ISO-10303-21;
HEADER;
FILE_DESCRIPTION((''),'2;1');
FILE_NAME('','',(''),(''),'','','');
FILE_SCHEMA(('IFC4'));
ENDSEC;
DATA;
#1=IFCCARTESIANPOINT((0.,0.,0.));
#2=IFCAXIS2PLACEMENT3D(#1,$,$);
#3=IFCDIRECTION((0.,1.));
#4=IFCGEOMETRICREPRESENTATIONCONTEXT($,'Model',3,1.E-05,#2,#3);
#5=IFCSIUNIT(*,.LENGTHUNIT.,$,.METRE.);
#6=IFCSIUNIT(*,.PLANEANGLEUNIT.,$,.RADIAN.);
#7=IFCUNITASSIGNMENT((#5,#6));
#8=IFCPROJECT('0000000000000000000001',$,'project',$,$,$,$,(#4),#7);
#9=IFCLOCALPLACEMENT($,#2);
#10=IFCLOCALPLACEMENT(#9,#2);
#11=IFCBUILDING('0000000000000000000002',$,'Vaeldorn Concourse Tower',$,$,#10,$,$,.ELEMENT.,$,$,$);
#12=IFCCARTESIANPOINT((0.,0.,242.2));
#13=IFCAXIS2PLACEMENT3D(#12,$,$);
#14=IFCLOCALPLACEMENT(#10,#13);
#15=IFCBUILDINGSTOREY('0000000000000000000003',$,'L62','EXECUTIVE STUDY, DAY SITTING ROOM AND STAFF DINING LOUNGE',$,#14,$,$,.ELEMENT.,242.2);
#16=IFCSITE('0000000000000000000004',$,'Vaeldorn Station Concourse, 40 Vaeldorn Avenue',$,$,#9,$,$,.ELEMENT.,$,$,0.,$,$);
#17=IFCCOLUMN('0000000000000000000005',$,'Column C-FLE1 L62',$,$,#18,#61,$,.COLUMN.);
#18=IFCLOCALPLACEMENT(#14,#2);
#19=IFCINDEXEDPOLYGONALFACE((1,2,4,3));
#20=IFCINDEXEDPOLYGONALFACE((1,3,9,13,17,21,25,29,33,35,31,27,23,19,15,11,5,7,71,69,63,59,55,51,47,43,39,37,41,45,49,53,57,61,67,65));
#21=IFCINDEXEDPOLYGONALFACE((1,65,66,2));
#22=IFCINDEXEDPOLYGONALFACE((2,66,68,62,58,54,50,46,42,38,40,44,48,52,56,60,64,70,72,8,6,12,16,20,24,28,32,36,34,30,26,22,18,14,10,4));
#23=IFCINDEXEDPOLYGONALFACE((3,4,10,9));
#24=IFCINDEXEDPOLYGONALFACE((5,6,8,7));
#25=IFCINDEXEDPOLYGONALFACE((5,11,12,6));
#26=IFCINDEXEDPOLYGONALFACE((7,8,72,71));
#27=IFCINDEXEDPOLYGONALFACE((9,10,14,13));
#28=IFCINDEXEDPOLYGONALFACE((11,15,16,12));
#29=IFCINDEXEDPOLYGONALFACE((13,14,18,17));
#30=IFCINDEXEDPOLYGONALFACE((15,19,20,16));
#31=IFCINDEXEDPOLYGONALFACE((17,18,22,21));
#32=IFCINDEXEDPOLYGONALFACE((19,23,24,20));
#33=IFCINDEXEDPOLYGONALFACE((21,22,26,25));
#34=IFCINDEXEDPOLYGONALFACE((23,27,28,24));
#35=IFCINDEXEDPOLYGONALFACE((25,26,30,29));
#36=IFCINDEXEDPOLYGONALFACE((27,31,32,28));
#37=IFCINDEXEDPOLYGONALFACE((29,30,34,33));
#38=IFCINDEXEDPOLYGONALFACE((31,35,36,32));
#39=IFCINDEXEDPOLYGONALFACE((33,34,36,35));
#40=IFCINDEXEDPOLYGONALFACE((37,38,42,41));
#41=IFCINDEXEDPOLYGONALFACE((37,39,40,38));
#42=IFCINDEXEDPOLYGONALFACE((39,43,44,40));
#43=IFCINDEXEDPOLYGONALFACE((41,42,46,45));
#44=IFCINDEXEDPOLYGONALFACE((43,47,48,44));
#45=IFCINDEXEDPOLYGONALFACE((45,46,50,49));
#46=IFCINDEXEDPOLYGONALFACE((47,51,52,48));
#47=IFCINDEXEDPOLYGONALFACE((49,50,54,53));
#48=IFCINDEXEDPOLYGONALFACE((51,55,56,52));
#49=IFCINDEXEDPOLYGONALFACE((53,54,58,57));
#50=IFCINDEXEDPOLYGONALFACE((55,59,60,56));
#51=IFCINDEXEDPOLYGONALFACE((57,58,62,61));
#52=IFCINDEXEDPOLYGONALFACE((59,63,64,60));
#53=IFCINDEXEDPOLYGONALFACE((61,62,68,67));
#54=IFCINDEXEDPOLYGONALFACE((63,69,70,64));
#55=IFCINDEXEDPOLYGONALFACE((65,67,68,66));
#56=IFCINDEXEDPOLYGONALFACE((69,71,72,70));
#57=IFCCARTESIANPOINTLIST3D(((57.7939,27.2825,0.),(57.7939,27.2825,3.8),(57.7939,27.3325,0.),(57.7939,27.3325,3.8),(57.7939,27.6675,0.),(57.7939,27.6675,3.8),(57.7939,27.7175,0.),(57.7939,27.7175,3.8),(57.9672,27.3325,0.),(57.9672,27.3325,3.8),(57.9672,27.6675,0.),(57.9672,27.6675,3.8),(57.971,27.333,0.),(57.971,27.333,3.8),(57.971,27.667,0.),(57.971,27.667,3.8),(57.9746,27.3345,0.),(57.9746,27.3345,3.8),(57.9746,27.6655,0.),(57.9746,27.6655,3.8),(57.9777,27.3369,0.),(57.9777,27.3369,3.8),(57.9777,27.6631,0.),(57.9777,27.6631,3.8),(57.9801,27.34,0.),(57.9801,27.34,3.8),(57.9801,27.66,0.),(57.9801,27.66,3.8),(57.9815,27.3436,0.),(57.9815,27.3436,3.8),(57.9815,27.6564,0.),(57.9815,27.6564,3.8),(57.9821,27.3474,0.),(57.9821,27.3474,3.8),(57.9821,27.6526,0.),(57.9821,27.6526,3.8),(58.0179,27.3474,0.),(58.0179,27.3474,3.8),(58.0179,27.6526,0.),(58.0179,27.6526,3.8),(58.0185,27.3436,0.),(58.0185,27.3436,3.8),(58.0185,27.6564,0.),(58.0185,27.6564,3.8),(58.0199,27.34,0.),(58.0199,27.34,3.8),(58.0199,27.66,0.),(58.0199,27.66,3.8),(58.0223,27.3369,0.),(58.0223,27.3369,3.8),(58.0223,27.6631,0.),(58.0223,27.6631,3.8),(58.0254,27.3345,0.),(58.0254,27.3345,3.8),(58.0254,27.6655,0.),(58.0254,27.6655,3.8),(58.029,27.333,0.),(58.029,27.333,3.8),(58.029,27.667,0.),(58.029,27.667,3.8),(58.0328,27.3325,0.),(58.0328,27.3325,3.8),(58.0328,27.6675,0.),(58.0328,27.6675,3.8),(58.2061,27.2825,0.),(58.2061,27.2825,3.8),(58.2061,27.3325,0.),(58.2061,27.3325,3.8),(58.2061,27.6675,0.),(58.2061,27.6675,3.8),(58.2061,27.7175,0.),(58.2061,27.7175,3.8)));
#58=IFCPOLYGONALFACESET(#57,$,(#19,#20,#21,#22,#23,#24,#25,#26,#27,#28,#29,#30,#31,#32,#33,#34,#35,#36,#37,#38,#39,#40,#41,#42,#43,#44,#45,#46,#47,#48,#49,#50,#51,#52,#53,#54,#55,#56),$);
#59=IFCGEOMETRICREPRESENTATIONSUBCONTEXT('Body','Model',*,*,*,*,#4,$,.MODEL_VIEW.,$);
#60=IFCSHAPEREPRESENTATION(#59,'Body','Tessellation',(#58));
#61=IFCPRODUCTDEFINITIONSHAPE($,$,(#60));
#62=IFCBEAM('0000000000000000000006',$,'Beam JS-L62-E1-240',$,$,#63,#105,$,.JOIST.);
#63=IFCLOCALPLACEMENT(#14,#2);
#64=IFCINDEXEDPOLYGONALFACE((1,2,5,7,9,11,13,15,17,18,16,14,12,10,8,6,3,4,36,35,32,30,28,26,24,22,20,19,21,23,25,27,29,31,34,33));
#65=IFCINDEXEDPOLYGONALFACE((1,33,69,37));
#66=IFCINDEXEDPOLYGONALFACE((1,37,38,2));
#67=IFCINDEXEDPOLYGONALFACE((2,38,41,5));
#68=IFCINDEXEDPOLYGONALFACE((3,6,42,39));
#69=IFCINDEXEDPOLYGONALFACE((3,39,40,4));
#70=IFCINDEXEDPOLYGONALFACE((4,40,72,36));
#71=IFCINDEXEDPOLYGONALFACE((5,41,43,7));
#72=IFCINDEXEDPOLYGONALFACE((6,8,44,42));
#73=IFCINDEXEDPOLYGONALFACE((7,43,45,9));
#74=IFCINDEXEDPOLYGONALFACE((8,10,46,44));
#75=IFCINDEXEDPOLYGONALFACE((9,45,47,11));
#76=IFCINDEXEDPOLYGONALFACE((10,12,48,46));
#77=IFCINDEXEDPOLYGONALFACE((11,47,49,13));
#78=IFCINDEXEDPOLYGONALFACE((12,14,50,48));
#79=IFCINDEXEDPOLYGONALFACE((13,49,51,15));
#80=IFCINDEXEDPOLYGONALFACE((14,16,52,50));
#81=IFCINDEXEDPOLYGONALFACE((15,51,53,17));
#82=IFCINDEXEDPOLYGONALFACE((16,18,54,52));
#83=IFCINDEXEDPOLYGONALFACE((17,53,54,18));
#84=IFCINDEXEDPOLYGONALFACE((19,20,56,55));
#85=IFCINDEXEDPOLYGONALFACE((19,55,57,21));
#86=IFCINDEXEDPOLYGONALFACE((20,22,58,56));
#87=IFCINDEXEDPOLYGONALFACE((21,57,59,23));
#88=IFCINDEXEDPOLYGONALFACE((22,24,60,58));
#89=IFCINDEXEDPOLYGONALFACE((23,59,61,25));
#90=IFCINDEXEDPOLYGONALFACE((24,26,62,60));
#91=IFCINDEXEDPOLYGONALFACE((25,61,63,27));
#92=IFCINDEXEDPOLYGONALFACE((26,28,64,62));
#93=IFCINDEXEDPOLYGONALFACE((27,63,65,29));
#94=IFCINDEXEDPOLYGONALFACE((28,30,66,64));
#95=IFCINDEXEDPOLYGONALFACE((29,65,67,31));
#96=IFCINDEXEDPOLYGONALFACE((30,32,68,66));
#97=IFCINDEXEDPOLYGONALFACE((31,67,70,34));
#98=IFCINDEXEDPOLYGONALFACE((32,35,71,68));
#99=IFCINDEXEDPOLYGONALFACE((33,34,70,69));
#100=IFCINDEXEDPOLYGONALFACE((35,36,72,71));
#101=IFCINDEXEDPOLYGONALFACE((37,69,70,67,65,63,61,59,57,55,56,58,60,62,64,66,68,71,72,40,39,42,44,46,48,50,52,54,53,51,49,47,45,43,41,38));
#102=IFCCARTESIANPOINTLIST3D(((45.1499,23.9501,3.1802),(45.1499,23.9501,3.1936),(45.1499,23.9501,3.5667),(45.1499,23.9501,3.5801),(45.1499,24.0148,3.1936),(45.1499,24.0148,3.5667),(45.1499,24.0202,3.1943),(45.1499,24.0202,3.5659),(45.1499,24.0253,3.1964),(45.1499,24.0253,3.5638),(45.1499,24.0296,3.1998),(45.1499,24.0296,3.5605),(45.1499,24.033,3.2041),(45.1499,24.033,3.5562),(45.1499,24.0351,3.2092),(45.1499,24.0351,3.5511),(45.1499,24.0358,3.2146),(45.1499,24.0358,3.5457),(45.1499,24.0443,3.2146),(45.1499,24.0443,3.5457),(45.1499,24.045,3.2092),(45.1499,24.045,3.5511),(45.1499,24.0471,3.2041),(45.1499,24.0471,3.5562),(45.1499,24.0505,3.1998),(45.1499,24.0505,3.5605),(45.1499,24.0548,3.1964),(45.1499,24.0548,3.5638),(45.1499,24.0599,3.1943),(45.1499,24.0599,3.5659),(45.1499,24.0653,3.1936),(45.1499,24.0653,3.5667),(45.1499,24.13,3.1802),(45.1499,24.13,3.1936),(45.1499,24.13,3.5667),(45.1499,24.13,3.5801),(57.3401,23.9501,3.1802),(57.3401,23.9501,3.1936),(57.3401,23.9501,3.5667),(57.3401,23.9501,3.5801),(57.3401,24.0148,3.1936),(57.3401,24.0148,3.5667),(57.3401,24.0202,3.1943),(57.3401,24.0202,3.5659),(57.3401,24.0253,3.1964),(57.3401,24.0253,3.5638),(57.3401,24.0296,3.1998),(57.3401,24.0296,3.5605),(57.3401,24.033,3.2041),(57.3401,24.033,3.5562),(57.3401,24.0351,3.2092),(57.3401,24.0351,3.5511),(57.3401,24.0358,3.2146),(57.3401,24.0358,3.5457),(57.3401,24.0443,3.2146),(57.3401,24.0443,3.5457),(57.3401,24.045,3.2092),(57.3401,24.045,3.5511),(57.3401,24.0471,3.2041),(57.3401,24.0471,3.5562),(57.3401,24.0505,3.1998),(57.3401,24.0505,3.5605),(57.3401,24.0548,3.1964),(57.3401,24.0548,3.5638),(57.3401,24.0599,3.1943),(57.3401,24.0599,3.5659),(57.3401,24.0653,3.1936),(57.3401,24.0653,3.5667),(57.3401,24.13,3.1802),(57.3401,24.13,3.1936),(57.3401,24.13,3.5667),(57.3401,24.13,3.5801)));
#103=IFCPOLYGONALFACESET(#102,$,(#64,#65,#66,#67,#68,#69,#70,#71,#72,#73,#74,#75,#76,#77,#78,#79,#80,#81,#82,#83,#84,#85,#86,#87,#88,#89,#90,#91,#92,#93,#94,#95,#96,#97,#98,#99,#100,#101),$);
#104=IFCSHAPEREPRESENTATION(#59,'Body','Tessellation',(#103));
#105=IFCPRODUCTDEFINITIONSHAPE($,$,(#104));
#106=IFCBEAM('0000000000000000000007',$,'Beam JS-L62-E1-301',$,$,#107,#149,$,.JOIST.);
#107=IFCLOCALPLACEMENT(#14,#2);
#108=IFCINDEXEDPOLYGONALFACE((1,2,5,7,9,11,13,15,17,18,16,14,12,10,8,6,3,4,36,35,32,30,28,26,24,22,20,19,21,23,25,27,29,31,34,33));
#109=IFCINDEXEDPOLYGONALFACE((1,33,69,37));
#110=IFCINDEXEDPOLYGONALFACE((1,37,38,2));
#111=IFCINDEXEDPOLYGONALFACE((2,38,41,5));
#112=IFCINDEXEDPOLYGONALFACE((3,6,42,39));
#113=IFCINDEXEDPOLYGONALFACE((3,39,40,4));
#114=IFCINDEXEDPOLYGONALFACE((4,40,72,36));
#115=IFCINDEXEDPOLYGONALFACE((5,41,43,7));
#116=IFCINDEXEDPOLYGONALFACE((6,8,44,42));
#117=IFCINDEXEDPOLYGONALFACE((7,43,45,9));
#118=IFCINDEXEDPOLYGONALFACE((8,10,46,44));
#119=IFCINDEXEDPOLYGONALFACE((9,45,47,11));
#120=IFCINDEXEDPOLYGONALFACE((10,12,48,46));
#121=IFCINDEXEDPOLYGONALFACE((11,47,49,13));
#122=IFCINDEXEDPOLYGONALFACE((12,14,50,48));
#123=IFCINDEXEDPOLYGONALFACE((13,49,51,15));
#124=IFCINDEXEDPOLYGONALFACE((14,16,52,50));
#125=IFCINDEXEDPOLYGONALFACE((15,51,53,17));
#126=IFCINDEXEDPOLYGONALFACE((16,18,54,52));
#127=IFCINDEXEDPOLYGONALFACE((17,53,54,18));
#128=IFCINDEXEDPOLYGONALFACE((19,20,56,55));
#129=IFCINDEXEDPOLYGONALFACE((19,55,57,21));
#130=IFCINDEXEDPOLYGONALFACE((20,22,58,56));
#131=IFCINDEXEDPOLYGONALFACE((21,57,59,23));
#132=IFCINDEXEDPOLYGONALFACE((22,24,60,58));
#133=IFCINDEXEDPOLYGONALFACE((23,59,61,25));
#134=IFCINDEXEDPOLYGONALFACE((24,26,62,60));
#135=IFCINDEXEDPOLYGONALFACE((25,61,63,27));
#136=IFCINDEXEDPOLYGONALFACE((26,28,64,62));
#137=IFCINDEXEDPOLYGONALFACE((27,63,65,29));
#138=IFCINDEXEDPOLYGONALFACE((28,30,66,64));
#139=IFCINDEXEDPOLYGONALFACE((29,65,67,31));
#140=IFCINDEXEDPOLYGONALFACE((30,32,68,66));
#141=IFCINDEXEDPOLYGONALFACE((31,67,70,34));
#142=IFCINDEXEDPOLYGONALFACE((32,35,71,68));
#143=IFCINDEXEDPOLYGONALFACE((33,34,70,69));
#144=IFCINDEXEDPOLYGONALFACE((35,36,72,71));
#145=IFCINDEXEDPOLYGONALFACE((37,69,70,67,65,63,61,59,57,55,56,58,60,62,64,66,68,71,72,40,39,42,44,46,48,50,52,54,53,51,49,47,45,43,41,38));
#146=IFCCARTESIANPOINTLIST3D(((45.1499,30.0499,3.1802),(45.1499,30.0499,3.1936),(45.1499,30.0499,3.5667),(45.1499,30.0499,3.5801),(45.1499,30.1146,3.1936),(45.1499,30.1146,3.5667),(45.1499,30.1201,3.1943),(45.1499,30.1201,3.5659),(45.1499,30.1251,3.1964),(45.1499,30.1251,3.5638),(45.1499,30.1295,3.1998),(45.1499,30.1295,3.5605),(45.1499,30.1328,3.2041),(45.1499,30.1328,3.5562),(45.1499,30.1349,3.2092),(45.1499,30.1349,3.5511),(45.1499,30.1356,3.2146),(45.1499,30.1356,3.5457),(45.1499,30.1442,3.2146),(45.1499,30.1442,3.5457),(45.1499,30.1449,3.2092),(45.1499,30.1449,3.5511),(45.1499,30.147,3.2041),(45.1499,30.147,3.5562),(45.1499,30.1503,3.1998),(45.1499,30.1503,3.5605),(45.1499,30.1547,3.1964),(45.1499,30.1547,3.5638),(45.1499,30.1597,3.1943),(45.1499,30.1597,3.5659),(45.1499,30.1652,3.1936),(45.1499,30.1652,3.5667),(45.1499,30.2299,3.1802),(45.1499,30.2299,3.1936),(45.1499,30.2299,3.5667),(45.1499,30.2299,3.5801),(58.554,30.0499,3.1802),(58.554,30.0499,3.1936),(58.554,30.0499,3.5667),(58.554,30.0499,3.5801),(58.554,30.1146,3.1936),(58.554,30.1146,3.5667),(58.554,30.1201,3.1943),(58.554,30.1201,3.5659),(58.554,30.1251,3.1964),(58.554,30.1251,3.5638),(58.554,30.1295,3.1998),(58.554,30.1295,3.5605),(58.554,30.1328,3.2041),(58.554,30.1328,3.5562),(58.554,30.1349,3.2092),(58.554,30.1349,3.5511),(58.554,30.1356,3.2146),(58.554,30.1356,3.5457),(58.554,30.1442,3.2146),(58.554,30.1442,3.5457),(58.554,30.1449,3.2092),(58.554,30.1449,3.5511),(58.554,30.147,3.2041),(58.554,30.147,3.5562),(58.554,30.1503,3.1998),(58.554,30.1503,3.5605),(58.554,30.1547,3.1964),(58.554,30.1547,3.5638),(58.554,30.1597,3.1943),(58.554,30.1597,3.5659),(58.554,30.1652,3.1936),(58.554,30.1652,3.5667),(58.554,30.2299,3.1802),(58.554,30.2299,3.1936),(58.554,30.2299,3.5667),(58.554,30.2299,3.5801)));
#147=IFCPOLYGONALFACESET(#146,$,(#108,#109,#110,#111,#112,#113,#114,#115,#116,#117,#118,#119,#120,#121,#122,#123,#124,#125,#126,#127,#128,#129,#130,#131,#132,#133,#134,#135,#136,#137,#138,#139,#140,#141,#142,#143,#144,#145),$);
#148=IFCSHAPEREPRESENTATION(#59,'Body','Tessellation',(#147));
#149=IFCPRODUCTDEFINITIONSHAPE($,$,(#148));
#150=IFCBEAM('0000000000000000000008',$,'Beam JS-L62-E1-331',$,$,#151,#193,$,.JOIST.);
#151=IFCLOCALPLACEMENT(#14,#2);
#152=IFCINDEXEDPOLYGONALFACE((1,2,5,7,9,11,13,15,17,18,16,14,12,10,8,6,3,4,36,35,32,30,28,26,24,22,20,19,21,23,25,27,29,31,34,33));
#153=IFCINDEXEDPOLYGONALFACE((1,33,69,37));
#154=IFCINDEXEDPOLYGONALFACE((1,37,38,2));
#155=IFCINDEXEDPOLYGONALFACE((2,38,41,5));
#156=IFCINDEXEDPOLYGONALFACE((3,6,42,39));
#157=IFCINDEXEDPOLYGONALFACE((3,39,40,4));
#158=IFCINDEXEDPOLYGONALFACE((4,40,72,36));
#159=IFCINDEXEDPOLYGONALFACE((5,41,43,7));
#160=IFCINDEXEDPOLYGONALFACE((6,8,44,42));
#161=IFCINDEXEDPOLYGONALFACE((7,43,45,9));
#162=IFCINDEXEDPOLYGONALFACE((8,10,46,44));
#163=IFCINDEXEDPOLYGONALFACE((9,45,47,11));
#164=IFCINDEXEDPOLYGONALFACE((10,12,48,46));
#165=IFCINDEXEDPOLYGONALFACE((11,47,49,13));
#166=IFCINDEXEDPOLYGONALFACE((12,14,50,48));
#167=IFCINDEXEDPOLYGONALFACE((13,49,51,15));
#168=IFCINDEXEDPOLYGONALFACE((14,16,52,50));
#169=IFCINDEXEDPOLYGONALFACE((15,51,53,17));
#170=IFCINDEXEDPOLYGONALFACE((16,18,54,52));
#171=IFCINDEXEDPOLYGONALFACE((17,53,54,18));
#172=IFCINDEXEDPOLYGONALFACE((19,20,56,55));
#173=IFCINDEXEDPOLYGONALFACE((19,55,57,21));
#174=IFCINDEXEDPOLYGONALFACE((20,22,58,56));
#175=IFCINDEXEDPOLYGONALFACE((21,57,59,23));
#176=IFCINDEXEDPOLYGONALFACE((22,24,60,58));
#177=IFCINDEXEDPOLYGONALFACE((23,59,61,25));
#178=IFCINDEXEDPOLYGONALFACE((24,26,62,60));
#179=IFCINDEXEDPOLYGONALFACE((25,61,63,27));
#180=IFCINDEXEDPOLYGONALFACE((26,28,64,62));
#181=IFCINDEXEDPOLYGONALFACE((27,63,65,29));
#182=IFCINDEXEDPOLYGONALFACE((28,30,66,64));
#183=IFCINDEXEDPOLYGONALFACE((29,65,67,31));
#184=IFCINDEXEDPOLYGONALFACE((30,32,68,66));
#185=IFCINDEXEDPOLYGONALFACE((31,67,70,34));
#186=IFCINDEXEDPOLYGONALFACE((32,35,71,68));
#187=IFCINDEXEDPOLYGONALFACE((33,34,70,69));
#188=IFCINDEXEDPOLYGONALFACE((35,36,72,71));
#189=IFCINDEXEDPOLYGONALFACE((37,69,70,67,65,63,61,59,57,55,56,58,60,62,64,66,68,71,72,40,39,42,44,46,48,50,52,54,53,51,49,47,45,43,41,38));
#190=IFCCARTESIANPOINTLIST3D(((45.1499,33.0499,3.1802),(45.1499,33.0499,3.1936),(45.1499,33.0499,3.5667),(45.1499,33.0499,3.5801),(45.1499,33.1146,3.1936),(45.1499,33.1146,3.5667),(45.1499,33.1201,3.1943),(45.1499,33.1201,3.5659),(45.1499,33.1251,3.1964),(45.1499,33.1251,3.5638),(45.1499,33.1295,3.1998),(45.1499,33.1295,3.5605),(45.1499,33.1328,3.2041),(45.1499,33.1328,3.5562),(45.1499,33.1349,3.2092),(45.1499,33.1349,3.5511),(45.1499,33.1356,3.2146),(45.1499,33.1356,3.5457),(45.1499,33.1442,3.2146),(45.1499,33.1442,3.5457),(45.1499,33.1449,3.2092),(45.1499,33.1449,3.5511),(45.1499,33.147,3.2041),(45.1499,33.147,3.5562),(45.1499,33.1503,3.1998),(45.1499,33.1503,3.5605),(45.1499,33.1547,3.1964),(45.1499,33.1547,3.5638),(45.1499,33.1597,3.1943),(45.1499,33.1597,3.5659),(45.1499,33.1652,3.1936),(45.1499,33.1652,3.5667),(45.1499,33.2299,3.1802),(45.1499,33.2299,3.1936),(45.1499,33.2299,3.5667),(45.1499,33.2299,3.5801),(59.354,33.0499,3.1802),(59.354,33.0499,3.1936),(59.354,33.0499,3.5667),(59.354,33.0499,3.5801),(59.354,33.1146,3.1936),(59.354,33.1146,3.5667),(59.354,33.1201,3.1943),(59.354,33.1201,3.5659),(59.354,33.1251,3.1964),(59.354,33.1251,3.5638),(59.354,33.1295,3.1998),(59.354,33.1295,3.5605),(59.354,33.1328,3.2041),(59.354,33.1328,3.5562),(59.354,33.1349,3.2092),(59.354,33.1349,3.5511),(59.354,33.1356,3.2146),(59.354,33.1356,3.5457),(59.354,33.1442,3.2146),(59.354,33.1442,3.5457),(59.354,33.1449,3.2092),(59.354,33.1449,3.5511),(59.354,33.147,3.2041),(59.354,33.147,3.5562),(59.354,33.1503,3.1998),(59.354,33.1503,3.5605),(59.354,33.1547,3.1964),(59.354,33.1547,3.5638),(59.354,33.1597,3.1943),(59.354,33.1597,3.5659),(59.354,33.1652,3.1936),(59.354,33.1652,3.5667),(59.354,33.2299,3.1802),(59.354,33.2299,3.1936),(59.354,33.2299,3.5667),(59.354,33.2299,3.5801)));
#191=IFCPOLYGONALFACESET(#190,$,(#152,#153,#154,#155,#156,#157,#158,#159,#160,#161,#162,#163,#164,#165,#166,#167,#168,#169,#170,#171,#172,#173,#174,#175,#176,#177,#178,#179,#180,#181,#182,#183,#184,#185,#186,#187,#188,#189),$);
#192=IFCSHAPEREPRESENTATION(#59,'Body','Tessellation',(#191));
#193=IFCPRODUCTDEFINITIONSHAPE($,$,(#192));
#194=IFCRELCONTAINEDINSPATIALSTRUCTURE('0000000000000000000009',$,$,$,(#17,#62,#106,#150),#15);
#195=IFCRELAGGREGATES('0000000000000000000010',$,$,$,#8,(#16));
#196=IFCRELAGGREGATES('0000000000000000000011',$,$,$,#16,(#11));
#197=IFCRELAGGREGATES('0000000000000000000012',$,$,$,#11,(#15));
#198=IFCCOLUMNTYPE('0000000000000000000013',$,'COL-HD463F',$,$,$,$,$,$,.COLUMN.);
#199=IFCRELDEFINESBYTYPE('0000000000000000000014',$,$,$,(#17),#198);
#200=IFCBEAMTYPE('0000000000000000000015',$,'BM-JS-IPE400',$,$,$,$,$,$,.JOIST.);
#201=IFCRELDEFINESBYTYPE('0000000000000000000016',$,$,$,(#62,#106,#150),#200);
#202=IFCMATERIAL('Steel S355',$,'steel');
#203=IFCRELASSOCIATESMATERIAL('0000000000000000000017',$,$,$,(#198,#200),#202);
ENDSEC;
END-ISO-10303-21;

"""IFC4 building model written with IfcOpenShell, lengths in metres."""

from ifc_helpers import new_model, si_unit, direction, frame, origin, origin_2d, place, context, subcontext, project, spatial, i_section, extrude, source, transform, mapped, material, material_profile, profile_set, type_object, element, save


model = new_model("IFC4")

# Units and contexts
model_context = context("Model", 3, precision=1e-05, world=origin(), true_north=direction((0.0, 1.0)))
body_context = subcontext(model_context, "Body", "Model", "MODEL_VIEW")
ifc_project = project(units=[si_unit("LENGTHUNIT", "METRE"), si_unit("PLANEANGLEUNIT", "RADIAN")], contexts=[model_context])

# Site, building, storey
site_placement = place(None, origin())
site = spatial("IfcSite", under=ifc_project, at=site_placement, Name="Vaeldorn Station Concourse, 40 Vaeldorn Avenue", CompositionType="ELEMENT", RefElevation=0.0)
building_placement = place(site_placement, origin())
building = spatial("IfcBuilding", under=site, at=building_placement, Name="Vaeldorn Concourse Tower", CompositionType="ELEMENT")
storey_placement = place(building_placement, frame((0.0, 0.0, 242.2)))
storey = spatial("IfcBuildingStorey", under=building, at=storey_placement, Name="L62", Description="EXECUTIVE STUDY, DAY SITTING ROOM AND STAFF DINING LOUNGE", CompositionType="ELEMENT", Elevation=242.2)

# Column
ifc_material_1 = material(Name="Steel S355", Category="steel")
ifc_material_profile_1 = material_profile(ifc_material_1, i_section(OverallWidth=0.4121, OverallDepth=0.4351, WebThickness=0.0359, FlangeThickness=0.05, FilletRadius=0.0149, at=origin_2d()), Name="HD 400x463")
ifc_profile_set_1 = profile_set([ifc_material_profile_1], Name="Steel S355")
column_type = type_object("IfcColumnType", Name="COL-HD463F", PredefinedType="COLUMN", material=ifc_profile_set_1)
shared_shape_1 = source(origin(), body_context, "Body", "SweptSolid", [
    extrude(i_section(OverallWidth=0.4121, OverallDepth=0.4351, WebThickness=0.0359, FlangeThickness=0.05, FilletRadius=0.0149, at=origin_2d()), origin(), (0.0, 0.0, 1.0), 3.8),
])
column_placement = place(storey_placement, frame((58.0, 27.5, 0.0), z_axis=(0.0, 0.0, 1.0), x_axis=(1.0, 0.0, 0.0)))
element("IfcColumn", 1, at=column_placement, inside=storey, type_object=column_type, Name="Column C-FLE1 L62", PredefinedType="COLUMN", context=body_context, shape_type="MappedRepresentation", body=[
    mapped(shared_shape_1, transform((0.0, 0.0, 0.0), scale=1.0)),
])

# Beams
ifc_material_profile_2 = material_profile(ifc_material_1, i_section(OverallWidth=0.1799, OverallDepth=0.3999, WebThickness=0.0085, FlangeThickness=0.0134, FilletRadius=0.021, at=origin_2d()), Name="IPE 400")
ifc_profile_set_2 = profile_set([ifc_material_profile_2], Name="Steel S355")
beam_type_1 = type_object("IfcBeamType", Name="BM-JS-IPE400", PredefinedType="JOIST", material=ifc_profile_set_2)
shared_shape_2 = source(origin(), body_context, "Body", "SweptSolid", [
    extrude(i_section(OverallWidth=0.1799, OverallDepth=0.3999, WebThickness=0.0085, FlangeThickness=0.0134, FilletRadius=0.021, at=origin_2d()), origin(), (0.0, 0.0, 1.0), 12.1902),
])
beam_1_placement = place(storey_placement, frame((45.1499, 24.04, 3.3801), z_axis=(1.0, 0.0, 0.0), x_axis=(0.0, 1.0, 0.0)))
element("IfcBeam", 2, at=beam_1_placement, inside=storey, type_object=beam_type_1, Name="Beam JS-L62-E1-240", PredefinedType="JOIST", context=body_context, shape_type="MappedRepresentation", body=[
    mapped(shared_shape_2, transform((0.0, 0.0, 0.0), scale=1.0)),
])
shared_shape_3 = source(origin(), body_context, "Body", "SweptSolid", [
    extrude(i_section(OverallWidth=0.1799, OverallDepth=0.3999, WebThickness=0.0085, FlangeThickness=0.0134, FilletRadius=0.021, at=origin_2d()), origin(), (0.0, 0.0, 1.0), 13.4041),
])
beam_2_placement = place(storey_placement, frame((45.1499, 30.1399, 3.3801), z_axis=(1.0, 0.0, 0.0), x_axis=(0.0, 1.0, 0.0)))
element("IfcBeam", 3, at=beam_2_placement, inside=storey, type_object=beam_type_1, Name="Beam JS-L62-E1-301", PredefinedType="JOIST", context=body_context, shape_type="MappedRepresentation", body=[
    mapped(shared_shape_3, transform((0.0, 0.0, 0.0), scale=1.0)),
])
shared_shape_4 = source(origin(), body_context, "Body", "SweptSolid", [
    extrude(i_section(OverallWidth=0.1799, OverallDepth=0.3999, WebThickness=0.0085, FlangeThickness=0.0134, FilletRadius=0.021, at=origin_2d()), origin(), (0.0, 0.0, 1.0), 14.2041),
])
beam_3_placement = place(storey_placement, frame((45.1499, 33.1399, 3.3801), z_axis=(1.0, 0.0, 0.0), x_axis=(0.0, 1.0, 0.0)))
element("IfcBeam", 4, at=beam_3_placement, inside=storey, type_object=beam_type_1, Name="Beam JS-L62-E1-331", PredefinedType="JOIST", context=body_context, shape_type="MappedRepresentation", body=[
    mapped(shared_shape_4, transform((0.0, 0.0, 0.0), scale=1.0)),
])

save(model, "model.ifc")
